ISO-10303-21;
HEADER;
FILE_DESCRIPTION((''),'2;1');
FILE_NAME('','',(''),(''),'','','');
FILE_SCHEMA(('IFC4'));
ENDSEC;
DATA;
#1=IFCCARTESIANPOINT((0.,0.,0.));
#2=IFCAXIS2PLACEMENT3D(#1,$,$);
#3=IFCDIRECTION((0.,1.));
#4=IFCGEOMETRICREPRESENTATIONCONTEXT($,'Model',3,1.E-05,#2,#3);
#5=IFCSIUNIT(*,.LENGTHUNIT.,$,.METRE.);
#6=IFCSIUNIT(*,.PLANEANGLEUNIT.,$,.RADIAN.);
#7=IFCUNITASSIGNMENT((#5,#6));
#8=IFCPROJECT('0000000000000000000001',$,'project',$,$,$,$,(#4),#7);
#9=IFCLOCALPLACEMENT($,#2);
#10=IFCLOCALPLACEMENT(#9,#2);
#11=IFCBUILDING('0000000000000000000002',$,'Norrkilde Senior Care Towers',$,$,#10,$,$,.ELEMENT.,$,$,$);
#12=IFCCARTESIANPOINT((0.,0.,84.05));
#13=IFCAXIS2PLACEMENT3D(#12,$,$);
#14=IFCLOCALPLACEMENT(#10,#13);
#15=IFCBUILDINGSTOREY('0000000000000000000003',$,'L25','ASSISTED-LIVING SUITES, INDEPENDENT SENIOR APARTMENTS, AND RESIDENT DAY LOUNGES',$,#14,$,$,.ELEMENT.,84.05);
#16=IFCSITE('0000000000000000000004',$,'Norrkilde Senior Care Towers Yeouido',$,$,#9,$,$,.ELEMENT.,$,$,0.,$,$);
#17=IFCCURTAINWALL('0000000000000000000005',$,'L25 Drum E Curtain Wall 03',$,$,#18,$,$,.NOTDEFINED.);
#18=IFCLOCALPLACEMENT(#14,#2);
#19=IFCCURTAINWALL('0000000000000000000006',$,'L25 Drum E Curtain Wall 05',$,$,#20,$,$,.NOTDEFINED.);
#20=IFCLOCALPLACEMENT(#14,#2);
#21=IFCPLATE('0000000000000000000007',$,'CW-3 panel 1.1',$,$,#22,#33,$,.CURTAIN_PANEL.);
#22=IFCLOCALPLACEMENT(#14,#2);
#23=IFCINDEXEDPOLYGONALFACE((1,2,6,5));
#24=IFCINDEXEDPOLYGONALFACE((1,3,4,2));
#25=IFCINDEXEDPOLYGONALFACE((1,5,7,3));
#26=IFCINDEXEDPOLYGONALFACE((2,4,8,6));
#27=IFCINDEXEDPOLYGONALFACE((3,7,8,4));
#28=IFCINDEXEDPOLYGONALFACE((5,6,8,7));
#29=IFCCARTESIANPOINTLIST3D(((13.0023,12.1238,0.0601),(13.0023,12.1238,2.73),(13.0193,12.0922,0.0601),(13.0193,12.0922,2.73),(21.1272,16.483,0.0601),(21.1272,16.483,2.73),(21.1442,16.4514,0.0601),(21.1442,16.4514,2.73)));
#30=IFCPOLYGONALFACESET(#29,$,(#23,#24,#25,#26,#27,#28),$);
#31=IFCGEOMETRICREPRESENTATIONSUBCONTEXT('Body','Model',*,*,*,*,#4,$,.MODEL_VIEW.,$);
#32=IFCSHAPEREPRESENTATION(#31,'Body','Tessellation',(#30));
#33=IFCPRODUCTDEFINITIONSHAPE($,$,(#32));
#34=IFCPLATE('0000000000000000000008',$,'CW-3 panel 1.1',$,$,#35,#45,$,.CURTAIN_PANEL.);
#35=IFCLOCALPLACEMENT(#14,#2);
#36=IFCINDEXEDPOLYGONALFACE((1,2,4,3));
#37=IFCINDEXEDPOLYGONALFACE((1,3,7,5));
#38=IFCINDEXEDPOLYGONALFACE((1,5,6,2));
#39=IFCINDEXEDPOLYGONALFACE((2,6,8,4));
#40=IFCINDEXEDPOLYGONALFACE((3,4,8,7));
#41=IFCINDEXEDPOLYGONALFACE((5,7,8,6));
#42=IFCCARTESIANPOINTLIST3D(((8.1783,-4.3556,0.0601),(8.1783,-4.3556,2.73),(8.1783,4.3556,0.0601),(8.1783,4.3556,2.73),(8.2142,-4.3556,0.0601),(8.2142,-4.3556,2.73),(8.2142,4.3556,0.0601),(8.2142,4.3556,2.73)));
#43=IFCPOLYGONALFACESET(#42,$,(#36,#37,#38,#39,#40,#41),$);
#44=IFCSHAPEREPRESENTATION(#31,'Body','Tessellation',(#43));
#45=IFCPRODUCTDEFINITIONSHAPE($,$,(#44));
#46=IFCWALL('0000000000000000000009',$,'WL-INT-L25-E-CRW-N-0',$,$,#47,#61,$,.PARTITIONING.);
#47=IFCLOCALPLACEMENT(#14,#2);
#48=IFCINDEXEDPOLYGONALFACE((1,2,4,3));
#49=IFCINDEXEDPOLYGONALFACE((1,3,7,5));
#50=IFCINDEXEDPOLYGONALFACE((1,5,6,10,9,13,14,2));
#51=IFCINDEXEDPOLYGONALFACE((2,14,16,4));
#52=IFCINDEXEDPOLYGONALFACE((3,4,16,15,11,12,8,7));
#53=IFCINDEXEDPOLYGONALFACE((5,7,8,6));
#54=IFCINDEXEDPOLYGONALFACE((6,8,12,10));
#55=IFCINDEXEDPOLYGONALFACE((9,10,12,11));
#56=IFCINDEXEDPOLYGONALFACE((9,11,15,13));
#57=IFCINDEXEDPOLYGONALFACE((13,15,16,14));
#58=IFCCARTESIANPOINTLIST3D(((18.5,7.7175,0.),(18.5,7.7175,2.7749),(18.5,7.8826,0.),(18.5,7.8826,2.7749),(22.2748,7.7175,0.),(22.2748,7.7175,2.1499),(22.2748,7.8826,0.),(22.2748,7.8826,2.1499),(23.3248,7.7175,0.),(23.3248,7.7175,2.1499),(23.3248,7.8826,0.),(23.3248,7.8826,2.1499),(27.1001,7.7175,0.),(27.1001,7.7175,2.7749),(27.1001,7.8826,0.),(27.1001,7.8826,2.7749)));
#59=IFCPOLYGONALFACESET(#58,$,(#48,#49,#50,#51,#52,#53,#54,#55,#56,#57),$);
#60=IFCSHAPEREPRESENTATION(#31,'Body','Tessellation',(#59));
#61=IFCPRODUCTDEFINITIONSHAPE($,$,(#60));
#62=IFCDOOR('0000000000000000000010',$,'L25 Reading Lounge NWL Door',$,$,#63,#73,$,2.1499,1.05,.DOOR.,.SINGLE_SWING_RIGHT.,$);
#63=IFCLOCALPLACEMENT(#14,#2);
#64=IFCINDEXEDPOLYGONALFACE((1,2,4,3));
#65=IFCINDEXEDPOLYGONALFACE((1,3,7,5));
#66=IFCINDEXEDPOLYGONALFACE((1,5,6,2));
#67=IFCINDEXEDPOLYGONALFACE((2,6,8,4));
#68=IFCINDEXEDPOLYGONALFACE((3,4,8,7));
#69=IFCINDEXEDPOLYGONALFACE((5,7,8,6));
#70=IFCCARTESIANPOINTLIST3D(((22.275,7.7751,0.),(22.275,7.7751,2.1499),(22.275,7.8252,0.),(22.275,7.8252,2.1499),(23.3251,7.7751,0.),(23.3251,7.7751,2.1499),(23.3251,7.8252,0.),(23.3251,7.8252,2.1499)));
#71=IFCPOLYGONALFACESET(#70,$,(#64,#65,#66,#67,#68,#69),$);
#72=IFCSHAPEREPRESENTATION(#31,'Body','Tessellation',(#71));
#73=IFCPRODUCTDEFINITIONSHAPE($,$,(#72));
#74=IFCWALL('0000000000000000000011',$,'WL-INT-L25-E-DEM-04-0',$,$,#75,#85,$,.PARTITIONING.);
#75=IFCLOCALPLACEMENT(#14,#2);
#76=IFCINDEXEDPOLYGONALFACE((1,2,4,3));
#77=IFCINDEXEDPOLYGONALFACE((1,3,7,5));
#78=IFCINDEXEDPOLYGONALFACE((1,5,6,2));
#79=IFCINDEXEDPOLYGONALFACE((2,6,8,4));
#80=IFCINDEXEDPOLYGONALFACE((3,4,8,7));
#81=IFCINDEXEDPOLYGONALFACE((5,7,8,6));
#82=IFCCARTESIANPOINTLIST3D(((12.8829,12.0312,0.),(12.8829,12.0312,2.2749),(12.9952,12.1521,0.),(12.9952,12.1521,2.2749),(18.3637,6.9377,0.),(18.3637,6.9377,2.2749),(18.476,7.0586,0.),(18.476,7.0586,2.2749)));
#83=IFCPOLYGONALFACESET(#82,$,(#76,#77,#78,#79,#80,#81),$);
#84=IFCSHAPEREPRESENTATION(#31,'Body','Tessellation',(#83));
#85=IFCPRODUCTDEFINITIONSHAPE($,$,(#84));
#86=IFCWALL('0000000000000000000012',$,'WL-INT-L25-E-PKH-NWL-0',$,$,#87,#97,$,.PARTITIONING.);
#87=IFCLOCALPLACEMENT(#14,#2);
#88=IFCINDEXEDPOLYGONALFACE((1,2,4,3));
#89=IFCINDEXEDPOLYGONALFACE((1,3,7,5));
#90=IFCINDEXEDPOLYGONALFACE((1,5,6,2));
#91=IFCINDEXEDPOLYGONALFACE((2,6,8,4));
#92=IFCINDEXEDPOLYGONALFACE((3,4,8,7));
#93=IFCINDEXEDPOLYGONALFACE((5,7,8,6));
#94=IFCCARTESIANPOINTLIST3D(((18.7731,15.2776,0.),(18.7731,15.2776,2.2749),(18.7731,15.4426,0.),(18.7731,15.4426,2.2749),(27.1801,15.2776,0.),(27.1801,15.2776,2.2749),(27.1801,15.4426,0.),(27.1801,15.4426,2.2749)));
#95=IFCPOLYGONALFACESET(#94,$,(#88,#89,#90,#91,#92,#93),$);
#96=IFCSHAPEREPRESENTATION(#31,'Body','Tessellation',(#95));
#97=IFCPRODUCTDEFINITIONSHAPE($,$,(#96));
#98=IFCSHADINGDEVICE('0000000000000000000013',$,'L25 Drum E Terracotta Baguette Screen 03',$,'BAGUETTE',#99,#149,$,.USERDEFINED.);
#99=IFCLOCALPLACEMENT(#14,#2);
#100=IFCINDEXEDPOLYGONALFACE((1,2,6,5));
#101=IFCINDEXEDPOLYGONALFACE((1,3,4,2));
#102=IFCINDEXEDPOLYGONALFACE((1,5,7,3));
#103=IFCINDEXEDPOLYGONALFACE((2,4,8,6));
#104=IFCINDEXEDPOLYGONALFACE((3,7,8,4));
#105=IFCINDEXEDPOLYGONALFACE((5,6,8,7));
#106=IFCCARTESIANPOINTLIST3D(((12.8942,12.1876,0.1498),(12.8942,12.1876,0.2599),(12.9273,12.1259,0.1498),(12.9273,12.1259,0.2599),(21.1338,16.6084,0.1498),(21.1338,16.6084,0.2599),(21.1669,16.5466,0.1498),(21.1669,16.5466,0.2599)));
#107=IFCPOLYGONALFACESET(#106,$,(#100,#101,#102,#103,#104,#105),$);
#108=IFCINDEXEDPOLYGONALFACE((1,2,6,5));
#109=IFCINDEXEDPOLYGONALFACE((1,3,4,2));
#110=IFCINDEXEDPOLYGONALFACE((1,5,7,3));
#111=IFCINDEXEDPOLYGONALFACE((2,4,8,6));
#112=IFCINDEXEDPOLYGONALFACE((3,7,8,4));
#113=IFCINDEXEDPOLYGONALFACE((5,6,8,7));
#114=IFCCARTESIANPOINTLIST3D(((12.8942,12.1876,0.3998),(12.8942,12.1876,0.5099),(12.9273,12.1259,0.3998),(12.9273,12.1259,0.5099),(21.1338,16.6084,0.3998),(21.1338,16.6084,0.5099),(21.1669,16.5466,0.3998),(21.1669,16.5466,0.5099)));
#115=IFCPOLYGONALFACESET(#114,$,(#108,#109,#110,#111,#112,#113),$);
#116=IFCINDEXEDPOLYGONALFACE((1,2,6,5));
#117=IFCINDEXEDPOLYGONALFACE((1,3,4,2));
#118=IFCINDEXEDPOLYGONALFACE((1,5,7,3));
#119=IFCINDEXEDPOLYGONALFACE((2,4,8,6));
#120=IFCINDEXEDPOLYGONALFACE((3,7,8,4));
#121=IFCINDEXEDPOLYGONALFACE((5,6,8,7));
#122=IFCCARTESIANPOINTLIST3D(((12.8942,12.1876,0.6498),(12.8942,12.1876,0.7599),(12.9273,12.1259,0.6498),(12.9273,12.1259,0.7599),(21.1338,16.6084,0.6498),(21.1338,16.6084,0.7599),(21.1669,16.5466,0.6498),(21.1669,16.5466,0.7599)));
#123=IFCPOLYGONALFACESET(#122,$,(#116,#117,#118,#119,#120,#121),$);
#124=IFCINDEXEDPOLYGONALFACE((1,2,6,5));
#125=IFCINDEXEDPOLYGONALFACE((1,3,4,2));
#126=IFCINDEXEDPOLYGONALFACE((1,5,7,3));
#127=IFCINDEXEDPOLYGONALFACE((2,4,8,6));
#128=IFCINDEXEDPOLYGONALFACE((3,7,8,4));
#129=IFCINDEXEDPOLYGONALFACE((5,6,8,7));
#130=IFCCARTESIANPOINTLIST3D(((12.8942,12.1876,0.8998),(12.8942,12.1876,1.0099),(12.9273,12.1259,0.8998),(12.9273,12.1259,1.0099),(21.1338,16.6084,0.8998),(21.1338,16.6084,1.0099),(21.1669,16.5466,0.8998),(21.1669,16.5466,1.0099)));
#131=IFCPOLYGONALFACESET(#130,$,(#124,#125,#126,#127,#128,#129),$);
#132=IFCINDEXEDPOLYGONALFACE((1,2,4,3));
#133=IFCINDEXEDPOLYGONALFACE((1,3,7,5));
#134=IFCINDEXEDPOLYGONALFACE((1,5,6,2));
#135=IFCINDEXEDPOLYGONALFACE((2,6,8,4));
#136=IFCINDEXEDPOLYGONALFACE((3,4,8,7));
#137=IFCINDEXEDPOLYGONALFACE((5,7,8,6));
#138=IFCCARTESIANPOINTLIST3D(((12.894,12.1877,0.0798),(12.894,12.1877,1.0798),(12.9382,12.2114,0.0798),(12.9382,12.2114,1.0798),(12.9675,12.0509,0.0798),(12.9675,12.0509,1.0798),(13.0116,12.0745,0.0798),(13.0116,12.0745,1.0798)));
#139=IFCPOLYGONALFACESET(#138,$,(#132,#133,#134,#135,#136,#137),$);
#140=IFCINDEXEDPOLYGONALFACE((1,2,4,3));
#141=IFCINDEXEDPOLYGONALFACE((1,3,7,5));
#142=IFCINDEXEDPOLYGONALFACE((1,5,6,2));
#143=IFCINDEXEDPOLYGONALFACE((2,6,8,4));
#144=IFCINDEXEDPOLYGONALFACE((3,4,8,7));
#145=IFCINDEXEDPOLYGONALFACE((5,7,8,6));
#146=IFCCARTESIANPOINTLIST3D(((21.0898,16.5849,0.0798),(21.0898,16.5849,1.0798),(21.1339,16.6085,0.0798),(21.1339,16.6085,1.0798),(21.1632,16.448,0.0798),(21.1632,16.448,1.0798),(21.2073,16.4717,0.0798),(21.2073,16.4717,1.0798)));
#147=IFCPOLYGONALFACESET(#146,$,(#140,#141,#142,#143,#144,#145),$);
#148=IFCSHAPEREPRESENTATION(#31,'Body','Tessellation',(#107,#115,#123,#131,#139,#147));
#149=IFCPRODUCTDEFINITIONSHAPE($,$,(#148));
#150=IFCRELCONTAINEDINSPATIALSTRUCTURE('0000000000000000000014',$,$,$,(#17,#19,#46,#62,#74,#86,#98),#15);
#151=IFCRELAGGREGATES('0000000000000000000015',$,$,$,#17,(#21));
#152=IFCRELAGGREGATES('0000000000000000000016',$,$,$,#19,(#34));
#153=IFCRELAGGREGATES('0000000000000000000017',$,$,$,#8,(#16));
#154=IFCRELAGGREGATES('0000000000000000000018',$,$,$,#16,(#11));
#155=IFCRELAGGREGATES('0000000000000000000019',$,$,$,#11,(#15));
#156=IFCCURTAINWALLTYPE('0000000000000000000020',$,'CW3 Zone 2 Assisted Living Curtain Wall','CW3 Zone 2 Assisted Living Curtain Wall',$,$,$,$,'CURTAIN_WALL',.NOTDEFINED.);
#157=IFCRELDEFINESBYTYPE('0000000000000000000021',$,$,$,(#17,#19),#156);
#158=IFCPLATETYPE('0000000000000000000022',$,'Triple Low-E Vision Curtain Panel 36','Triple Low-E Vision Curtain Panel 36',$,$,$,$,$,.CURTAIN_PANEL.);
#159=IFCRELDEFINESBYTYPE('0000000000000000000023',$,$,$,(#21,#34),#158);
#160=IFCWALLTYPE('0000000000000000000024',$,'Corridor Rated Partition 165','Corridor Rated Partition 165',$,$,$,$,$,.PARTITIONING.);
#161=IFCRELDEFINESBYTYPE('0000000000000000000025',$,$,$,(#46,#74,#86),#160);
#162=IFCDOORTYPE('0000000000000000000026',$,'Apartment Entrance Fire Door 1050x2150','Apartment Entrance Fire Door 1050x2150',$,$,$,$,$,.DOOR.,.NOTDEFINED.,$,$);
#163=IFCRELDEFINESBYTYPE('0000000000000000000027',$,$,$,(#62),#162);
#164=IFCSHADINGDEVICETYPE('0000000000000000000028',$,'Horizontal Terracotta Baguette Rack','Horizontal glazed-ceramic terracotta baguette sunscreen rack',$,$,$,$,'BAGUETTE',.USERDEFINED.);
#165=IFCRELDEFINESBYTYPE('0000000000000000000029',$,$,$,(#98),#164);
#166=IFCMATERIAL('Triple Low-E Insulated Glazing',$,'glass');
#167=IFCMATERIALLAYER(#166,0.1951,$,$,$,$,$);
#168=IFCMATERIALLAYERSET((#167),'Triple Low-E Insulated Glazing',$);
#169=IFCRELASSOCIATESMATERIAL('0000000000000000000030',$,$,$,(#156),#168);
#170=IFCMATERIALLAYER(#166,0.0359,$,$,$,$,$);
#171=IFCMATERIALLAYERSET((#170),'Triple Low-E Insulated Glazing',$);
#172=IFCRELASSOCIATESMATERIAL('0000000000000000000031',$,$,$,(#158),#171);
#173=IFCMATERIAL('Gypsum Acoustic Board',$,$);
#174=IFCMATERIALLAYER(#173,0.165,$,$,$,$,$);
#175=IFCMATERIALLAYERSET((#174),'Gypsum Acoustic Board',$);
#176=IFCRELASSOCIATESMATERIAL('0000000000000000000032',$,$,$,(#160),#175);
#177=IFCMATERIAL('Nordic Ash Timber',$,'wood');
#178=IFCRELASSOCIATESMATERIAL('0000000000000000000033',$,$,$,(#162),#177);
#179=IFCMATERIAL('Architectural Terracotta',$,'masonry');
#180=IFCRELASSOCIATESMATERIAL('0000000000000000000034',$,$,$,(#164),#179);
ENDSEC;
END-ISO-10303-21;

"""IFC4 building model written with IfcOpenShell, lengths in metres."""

from ifc_helpers import new_model, si_unit, direction, frame, frame_2d, origin, origin_2d, place, context, subcontext, project, spatial, rectangle, extrude, source, transform, mapped, material, layer, layer_set, type_object, type_shapes, element, fill, aggregate, save


model = new_model("IFC4")

# Units and contexts
model_context = context("Model", 3, precision=1e-05, world=origin(), true_north=direction((0.0, 1.0)))
body_context = subcontext(model_context, "Body", "Model", "MODEL_VIEW")
ifc_project = project(units=[si_unit("LENGTHUNIT", "METRE"), si_unit("PLANEANGLEUNIT", "RADIAN")], contexts=[model_context])

# Site, building, storey
site_placement = place(None, origin())
site = spatial("IfcSite", under=ifc_project, at=site_placement, Name="Norrkilde Senior Care Towers Yeouido", CompositionType="ELEMENT", RefElevation=0.0)
building_placement = place(site_placement, origin())
building = spatial("IfcBuilding", under=site, at=building_placement, Name="Norrkilde Senior Care Towers", CompositionType="ELEMENT")
storey_placement = place(building_placement, frame((0.0, 0.0, 84.05)))
storey = spatial("IfcBuildingStorey", under=building, at=storey_placement, Name="L25", Description="ASSISTED-LIVING SUITES, INDEPENDENT SENIOR APARTMENTS, AND RESIDENT DAY LOUNGES", CompositionType="ELEMENT", Elevation=84.05)

# Curtain wall
ifc_material_1 = material(Name="Triple Low-E Insulated Glazing", Category="glass")
ifc_layer_1 = layer(ifc_material_1, 0.1951)
ifc_layer_set_1 = layer_set([ifc_layer_1], Name="Triple Low-E Insulated Glazing")
curtain_wall_type = type_object("IfcCurtainWallType", Name="CW3 Zone 2 Assisted Living Curtain Wall", Description="CW3 Zone 2 Assisted Living Curtain Wall", ElementType="CURTAIN_WALL", PredefinedType="NOTDEFINED", material=ifc_layer_set_1)
curtain_wall_1_placement = place(storey_placement, origin())
curtain_wall_1 = element("IfcCurtainWall", 1, at=curtain_wall_1_placement, inside=storey, type_object=curtain_wall_type, Name="L25 Drum E Curtain Wall 03", PredefinedType="NOTDEFINED")

# Curtain wall
curtain_wall_2_placement = place(storey_placement, origin())
curtain_wall_2 = element("IfcCurtainWall", 2, at=curtain_wall_2_placement, inside=storey, type_object=curtain_wall_type, Name="L25 Drum E Curtain Wall 05", PredefinedType="NOTDEFINED")

# Plates
ifc_layer_2 = layer(ifc_material_1, 0.0359)
ifc_layer_set_2 = layer_set([ifc_layer_2], Name="Triple Low-E Insulated Glazing")
plate_type = type_object("IfcPlateType", Name="Triple Low-E Vision Curtain Panel 36", Description="Triple Low-E Vision Curtain Panel 36", PredefinedType="CURTAIN_PANEL", material=ifc_layer_set_2)
shared_shape_1 = source(origin(), body_context, "Body", "SweptSolid", [
    extrude(rectangle(XDim=9.2205, YDim=0.0359, at=origin_2d()), origin(), (0.0, 0.0, 1.0), 2.6699),
])
plate_1_placement = place(storey_placement, frame((17.0732, 14.2876, 0.0601), z_axis=(0.0, 0.0, 1.0), x_axis=(0.881186, 0.472769, 0.0)))
plate_1 = element("IfcPlate", 3, at=plate_1_placement, type_object=plate_type, Name="CW-3 panel 1.1", PredefinedType="CURTAIN_PANEL", context=body_context, shape_type="MappedRepresentation", body=[
    mapped(shared_shape_1, transform((0.0, 0.0, 0.0), x_axis=(1.0, 0.0, 0.0), y_axis=(0.0, 1.0, 0.0), z_axis=(0.0, 0.0, 1.0), scale=1.0)),
])
aggregate(curtain_wall_1, [plate_1])
shared_shape_2 = source(origin(), body_context, "Body", "SweptSolid", [
    extrude(rectangle(XDim=8.7112, YDim=0.0359, at=origin_2d()), origin(), (0.0, 0.0, 1.0), 2.6699),
])
plate_2_placement = place(storey_placement, frame((8.1963, 0.0, 0.0601), z_axis=(0.0, 0.0, 1.0), x_axis=(0.0, 1.0, 0.0)))
plate_2 = element("IfcPlate", 4, at=plate_2_placement, type_object=plate_type, Name="CW-3 panel 1.1", PredefinedType="CURTAIN_PANEL", context=body_context, shape_type="MappedRepresentation", body=[
    mapped(shared_shape_2, transform((0.0, 0.0, 0.0), x_axis=(1.0, 0.0, 0.0), y_axis=(0.0, 1.0, 0.0), z_axis=(0.0, 0.0, 1.0), scale=1.0)),
])
aggregate(curtain_wall_2, [plate_2])

# Wall, opening, door
ifc_material_2 = material(Name="Gypsum Acoustic Board")
ifc_layer_3 = layer(ifc_material_2, 0.165)
ifc_layer_set_3 = layer_set([ifc_layer_3], Name="Gypsum Acoustic Board")
wall_type = type_object("IfcWallType", Name="Corridor Rated Partition 165", Description="Corridor Rated Partition 165", PredefinedType="PARTITIONING", material=ifc_layer_set_3)
shared_shape_3 = source(origin(), body_context, "Body", "SweptSolid", [
    extrude(rectangle(XDim=8.6001, YDim=0.165, at=frame_2d((4.3, 0.0))), origin(), (0.0, 0.0, 1.0), 2.7749),
])
wall_1_placement = place(storey_placement, frame((18.5, 7.8, 0.0), z_axis=(0.0, 0.0, 1.0), x_axis=(1.0, 0.0, 0.0)))
wall_1 = element("IfcWall", 5, at=wall_1_placement, inside=storey, type_object=wall_type, Name="WL-INT-L25-E-CRW-N-0", PredefinedType="PARTITIONING", context=body_context, shape_type="MappedRepresentation", body=[
    mapped(shared_shape_3, transform((0.0, 0.0, 0.0), x_axis=(1.0, 0.0, 0.0), y_axis=(0.0, 1.0, 0.0), z_axis=(0.0, 0.0, 1.0), scale=1.0)),
])
opening_placement = place(wall_1_placement, frame((3.7749, 0.0, 0.0)))
opening = element("IfcOpeningElement", 6, at=opening_placement, cuts=wall_1, PredefinedType="OPENING", context=body_context, shape_type="SweptSolid", body=[
    extrude(rectangle(XDim=1.05, YDim=2.1499, at=frame_2d((0.5249, 1.075))), frame((0.0, 0.0925, 0.0), z_axis=(0.0, -1.0, 0.0), x_axis=(1.0, 0.0, 0.0)), (0.0, 0.0, 1.0), 0.1851),
])
ifc_material_3 = material(Name="Nordic Ash Timber", Category="wood")
door_type = type_object("IfcDoorType", Name="Apartment Entrance Fire Door 1050x2150", Description="Apartment Entrance Fire Door 1050x2150", OperationType="NOTDEFINED", PredefinedType="DOOR", material=ifc_material_3)
shared_shape_4 = source(origin(), body_context, "Body", "SweptSolid", [
    extrude(rectangle(XDim=1.05, YDim=2.1499, at=frame_2d((0.5249, 1.075))), frame((0.0, 0.0249, 0.0), z_axis=(0.0, -1.0, 0.0), x_axis=(1.0, 0.0, 0.0)), (0.0, 0.0, 1.0), 0.05),
])
type_shapes(door_type, [shared_shape_4])
door_placement = place(opening_placement, frame((1.05, 0.0, 0.0), z_axis=(0.0, 0.0, 1.0), x_axis=(-1.0, 0.0, 0.0)))
door = element("IfcDoor", 7, at=door_placement, inside=storey, type_object=door_type, Name="L25 Reading Lounge NWL Door", OperationType="SINGLE_SWING_RIGHT", OverallHeight=2.1499, OverallWidth=1.05, PredefinedType="DOOR", context=body_context, shape_type="MappedRepresentation", body=[
    mapped(shared_shape_4, transform((0.0, 0.0, 0.0), x_axis=(1.0, 0.0, 0.0), y_axis=(0.0, 1.0, 0.0), z_axis=(0.0, 0.0, 1.0), scale=1.0)),
])
fill(opening, door)

# Walls
shared_shape_5 = source(origin(), body_context, "Body", "SweptSolid", [
    extrude(rectangle(XDim=7.4822, YDim=0.165, at=frame_2d((3.7412, 0.0))), origin(), (0.0, 0.0, 1.0), 2.2749),
])
wall_2_placement = place(storey_placement, frame((18.4199, 6.998, 0.0), z_axis=(0.0, 0.0, 1.0), x_axis=(-0.732509, 0.680758, 0.0)))
element("IfcWall", 8, at=wall_2_placement, inside=storey, type_object=wall_type, Name="WL-INT-L25-E-DEM-04-0", PredefinedType="PARTITIONING", context=body_context, shape_type="MappedRepresentation", body=[
    mapped(shared_shape_5, transform((0.0, 0.0, 0.0), x_axis=(1.0, 0.0, 0.0), y_axis=(0.0, 1.0, 0.0), z_axis=(0.0, 0.0, 1.0), scale=1.0)),
])
shared_shape_6 = source(origin(), body_context, "Body", "SweptSolid", [
    extrude(rectangle(XDim=8.407, YDim=0.165, at=frame_2d((4.2036, 0.0))), origin(), (0.0, 0.0, 1.0), 2.2749),
])
type_shapes(wall_type, [shared_shape_3, shared_shape_5, shared_shape_6])
wall_3_placement = place(storey_placement, frame((18.7729, 15.3601, 0.0), z_axis=(0.0, 0.0, 1.0), x_axis=(1.0, 0.0, 0.0)))
element("IfcWall", 9, at=wall_3_placement, inside=storey, type_object=wall_type, Name="WL-INT-L25-E-PKH-NWL-0", PredefinedType="PARTITIONING", context=body_context, shape_type="MappedRepresentation", body=[
    mapped(shared_shape_6, transform((0.0, 0.0, 0.0), x_axis=(1.0, 0.0, 0.0), y_axis=(0.0, 1.0, 0.0), z_axis=(0.0, 0.0, 1.0), scale=1.0)),
])

# Shading device
ifc_material_4 = material(Name="Architectural Terracotta", Category="masonry")
shading_device_type = type_object("IfcShadingDeviceType", Name="Horizontal Terracotta Baguette Rack", Description="Horizontal glazed-ceramic terracotta baguette sunscreen rack", ElementType="BAGUETTE", PredefinedType="USERDEFINED", material=ifc_material_4)
shared_shape_7 = source(origin(), body_context, "Body", "SweptSolid", [
    extrude(rectangle(XDim=0.0701, YDim=0.1101, at=origin_2d()), frame((0.0, 0.0901, 0.125), z_axis=(1.0, 0.0, 0.0), x_axis=(0.0, 1.0, 0.0)), (0.0, 0.0, 1.0), 9.3506),
    extrude(rectangle(XDim=0.0701, YDim=0.1101, at=origin_2d()), frame((0.0, 0.0901, 0.375), z_axis=(1.0, 0.0, 0.0), x_axis=(0.0, 1.0, 0.0)), (0.0, 0.0, 1.0), 9.3506),
    extrude(rectangle(XDim=0.0701, YDim=0.1101, at=origin_2d()), frame((0.0, 0.0901, 0.625), z_axis=(1.0, 0.0, 0.0), x_axis=(0.0, 1.0, 0.0)), (0.0, 0.0, 1.0), 9.3506),
    extrude(rectangle(XDim=0.0701, YDim=0.1101, at=origin_2d()), frame((0.0, 0.0901, 0.875), z_axis=(1.0, 0.0, 0.0), x_axis=(0.0, 1.0, 0.0)), (0.0, 0.0, 1.0), 9.3506),
    extrude(rectangle(XDim=0.05, YDim=0.1553, at=origin_2d()), frame((0.0249, 0.0476, 0.0)), (0.0, 0.0, 1.0), 1.0),
    extrude(rectangle(XDim=0.05, YDim=0.1553, at=origin_2d()), frame((9.3257, 0.0476, 0.0)), (0.0, 0.0, 1.0), 1.0),
])
type_shapes(shading_device_type, [shared_shape_7])
shading_device_placement = place(storey_placement, frame((12.9534, 12.0774, 0.0798), z_axis=(0.0, 0.0, 1.0), x_axis=(0.881175, 0.472768, 0.0)))
element("IfcShadingDevice", 10, at=shading_device_placement, inside=storey, type_object=shading_device_type, Name="L25 Drum E Terracotta Baguette Screen 03", ObjectType="BAGUETTE", PredefinedType="USERDEFINED", context=body_context, shape_type="MappedRepresentation", body=[
    mapped(shared_shape_7, transform((0.0, 0.0, 0.0), x_axis=(1.0, 0.0, 0.0), y_axis=(0.0, 1.0, 0.0), z_axis=(0.0, 0.0, 1.0), scale=1.0)),
])

save(model, "model.ifc")
